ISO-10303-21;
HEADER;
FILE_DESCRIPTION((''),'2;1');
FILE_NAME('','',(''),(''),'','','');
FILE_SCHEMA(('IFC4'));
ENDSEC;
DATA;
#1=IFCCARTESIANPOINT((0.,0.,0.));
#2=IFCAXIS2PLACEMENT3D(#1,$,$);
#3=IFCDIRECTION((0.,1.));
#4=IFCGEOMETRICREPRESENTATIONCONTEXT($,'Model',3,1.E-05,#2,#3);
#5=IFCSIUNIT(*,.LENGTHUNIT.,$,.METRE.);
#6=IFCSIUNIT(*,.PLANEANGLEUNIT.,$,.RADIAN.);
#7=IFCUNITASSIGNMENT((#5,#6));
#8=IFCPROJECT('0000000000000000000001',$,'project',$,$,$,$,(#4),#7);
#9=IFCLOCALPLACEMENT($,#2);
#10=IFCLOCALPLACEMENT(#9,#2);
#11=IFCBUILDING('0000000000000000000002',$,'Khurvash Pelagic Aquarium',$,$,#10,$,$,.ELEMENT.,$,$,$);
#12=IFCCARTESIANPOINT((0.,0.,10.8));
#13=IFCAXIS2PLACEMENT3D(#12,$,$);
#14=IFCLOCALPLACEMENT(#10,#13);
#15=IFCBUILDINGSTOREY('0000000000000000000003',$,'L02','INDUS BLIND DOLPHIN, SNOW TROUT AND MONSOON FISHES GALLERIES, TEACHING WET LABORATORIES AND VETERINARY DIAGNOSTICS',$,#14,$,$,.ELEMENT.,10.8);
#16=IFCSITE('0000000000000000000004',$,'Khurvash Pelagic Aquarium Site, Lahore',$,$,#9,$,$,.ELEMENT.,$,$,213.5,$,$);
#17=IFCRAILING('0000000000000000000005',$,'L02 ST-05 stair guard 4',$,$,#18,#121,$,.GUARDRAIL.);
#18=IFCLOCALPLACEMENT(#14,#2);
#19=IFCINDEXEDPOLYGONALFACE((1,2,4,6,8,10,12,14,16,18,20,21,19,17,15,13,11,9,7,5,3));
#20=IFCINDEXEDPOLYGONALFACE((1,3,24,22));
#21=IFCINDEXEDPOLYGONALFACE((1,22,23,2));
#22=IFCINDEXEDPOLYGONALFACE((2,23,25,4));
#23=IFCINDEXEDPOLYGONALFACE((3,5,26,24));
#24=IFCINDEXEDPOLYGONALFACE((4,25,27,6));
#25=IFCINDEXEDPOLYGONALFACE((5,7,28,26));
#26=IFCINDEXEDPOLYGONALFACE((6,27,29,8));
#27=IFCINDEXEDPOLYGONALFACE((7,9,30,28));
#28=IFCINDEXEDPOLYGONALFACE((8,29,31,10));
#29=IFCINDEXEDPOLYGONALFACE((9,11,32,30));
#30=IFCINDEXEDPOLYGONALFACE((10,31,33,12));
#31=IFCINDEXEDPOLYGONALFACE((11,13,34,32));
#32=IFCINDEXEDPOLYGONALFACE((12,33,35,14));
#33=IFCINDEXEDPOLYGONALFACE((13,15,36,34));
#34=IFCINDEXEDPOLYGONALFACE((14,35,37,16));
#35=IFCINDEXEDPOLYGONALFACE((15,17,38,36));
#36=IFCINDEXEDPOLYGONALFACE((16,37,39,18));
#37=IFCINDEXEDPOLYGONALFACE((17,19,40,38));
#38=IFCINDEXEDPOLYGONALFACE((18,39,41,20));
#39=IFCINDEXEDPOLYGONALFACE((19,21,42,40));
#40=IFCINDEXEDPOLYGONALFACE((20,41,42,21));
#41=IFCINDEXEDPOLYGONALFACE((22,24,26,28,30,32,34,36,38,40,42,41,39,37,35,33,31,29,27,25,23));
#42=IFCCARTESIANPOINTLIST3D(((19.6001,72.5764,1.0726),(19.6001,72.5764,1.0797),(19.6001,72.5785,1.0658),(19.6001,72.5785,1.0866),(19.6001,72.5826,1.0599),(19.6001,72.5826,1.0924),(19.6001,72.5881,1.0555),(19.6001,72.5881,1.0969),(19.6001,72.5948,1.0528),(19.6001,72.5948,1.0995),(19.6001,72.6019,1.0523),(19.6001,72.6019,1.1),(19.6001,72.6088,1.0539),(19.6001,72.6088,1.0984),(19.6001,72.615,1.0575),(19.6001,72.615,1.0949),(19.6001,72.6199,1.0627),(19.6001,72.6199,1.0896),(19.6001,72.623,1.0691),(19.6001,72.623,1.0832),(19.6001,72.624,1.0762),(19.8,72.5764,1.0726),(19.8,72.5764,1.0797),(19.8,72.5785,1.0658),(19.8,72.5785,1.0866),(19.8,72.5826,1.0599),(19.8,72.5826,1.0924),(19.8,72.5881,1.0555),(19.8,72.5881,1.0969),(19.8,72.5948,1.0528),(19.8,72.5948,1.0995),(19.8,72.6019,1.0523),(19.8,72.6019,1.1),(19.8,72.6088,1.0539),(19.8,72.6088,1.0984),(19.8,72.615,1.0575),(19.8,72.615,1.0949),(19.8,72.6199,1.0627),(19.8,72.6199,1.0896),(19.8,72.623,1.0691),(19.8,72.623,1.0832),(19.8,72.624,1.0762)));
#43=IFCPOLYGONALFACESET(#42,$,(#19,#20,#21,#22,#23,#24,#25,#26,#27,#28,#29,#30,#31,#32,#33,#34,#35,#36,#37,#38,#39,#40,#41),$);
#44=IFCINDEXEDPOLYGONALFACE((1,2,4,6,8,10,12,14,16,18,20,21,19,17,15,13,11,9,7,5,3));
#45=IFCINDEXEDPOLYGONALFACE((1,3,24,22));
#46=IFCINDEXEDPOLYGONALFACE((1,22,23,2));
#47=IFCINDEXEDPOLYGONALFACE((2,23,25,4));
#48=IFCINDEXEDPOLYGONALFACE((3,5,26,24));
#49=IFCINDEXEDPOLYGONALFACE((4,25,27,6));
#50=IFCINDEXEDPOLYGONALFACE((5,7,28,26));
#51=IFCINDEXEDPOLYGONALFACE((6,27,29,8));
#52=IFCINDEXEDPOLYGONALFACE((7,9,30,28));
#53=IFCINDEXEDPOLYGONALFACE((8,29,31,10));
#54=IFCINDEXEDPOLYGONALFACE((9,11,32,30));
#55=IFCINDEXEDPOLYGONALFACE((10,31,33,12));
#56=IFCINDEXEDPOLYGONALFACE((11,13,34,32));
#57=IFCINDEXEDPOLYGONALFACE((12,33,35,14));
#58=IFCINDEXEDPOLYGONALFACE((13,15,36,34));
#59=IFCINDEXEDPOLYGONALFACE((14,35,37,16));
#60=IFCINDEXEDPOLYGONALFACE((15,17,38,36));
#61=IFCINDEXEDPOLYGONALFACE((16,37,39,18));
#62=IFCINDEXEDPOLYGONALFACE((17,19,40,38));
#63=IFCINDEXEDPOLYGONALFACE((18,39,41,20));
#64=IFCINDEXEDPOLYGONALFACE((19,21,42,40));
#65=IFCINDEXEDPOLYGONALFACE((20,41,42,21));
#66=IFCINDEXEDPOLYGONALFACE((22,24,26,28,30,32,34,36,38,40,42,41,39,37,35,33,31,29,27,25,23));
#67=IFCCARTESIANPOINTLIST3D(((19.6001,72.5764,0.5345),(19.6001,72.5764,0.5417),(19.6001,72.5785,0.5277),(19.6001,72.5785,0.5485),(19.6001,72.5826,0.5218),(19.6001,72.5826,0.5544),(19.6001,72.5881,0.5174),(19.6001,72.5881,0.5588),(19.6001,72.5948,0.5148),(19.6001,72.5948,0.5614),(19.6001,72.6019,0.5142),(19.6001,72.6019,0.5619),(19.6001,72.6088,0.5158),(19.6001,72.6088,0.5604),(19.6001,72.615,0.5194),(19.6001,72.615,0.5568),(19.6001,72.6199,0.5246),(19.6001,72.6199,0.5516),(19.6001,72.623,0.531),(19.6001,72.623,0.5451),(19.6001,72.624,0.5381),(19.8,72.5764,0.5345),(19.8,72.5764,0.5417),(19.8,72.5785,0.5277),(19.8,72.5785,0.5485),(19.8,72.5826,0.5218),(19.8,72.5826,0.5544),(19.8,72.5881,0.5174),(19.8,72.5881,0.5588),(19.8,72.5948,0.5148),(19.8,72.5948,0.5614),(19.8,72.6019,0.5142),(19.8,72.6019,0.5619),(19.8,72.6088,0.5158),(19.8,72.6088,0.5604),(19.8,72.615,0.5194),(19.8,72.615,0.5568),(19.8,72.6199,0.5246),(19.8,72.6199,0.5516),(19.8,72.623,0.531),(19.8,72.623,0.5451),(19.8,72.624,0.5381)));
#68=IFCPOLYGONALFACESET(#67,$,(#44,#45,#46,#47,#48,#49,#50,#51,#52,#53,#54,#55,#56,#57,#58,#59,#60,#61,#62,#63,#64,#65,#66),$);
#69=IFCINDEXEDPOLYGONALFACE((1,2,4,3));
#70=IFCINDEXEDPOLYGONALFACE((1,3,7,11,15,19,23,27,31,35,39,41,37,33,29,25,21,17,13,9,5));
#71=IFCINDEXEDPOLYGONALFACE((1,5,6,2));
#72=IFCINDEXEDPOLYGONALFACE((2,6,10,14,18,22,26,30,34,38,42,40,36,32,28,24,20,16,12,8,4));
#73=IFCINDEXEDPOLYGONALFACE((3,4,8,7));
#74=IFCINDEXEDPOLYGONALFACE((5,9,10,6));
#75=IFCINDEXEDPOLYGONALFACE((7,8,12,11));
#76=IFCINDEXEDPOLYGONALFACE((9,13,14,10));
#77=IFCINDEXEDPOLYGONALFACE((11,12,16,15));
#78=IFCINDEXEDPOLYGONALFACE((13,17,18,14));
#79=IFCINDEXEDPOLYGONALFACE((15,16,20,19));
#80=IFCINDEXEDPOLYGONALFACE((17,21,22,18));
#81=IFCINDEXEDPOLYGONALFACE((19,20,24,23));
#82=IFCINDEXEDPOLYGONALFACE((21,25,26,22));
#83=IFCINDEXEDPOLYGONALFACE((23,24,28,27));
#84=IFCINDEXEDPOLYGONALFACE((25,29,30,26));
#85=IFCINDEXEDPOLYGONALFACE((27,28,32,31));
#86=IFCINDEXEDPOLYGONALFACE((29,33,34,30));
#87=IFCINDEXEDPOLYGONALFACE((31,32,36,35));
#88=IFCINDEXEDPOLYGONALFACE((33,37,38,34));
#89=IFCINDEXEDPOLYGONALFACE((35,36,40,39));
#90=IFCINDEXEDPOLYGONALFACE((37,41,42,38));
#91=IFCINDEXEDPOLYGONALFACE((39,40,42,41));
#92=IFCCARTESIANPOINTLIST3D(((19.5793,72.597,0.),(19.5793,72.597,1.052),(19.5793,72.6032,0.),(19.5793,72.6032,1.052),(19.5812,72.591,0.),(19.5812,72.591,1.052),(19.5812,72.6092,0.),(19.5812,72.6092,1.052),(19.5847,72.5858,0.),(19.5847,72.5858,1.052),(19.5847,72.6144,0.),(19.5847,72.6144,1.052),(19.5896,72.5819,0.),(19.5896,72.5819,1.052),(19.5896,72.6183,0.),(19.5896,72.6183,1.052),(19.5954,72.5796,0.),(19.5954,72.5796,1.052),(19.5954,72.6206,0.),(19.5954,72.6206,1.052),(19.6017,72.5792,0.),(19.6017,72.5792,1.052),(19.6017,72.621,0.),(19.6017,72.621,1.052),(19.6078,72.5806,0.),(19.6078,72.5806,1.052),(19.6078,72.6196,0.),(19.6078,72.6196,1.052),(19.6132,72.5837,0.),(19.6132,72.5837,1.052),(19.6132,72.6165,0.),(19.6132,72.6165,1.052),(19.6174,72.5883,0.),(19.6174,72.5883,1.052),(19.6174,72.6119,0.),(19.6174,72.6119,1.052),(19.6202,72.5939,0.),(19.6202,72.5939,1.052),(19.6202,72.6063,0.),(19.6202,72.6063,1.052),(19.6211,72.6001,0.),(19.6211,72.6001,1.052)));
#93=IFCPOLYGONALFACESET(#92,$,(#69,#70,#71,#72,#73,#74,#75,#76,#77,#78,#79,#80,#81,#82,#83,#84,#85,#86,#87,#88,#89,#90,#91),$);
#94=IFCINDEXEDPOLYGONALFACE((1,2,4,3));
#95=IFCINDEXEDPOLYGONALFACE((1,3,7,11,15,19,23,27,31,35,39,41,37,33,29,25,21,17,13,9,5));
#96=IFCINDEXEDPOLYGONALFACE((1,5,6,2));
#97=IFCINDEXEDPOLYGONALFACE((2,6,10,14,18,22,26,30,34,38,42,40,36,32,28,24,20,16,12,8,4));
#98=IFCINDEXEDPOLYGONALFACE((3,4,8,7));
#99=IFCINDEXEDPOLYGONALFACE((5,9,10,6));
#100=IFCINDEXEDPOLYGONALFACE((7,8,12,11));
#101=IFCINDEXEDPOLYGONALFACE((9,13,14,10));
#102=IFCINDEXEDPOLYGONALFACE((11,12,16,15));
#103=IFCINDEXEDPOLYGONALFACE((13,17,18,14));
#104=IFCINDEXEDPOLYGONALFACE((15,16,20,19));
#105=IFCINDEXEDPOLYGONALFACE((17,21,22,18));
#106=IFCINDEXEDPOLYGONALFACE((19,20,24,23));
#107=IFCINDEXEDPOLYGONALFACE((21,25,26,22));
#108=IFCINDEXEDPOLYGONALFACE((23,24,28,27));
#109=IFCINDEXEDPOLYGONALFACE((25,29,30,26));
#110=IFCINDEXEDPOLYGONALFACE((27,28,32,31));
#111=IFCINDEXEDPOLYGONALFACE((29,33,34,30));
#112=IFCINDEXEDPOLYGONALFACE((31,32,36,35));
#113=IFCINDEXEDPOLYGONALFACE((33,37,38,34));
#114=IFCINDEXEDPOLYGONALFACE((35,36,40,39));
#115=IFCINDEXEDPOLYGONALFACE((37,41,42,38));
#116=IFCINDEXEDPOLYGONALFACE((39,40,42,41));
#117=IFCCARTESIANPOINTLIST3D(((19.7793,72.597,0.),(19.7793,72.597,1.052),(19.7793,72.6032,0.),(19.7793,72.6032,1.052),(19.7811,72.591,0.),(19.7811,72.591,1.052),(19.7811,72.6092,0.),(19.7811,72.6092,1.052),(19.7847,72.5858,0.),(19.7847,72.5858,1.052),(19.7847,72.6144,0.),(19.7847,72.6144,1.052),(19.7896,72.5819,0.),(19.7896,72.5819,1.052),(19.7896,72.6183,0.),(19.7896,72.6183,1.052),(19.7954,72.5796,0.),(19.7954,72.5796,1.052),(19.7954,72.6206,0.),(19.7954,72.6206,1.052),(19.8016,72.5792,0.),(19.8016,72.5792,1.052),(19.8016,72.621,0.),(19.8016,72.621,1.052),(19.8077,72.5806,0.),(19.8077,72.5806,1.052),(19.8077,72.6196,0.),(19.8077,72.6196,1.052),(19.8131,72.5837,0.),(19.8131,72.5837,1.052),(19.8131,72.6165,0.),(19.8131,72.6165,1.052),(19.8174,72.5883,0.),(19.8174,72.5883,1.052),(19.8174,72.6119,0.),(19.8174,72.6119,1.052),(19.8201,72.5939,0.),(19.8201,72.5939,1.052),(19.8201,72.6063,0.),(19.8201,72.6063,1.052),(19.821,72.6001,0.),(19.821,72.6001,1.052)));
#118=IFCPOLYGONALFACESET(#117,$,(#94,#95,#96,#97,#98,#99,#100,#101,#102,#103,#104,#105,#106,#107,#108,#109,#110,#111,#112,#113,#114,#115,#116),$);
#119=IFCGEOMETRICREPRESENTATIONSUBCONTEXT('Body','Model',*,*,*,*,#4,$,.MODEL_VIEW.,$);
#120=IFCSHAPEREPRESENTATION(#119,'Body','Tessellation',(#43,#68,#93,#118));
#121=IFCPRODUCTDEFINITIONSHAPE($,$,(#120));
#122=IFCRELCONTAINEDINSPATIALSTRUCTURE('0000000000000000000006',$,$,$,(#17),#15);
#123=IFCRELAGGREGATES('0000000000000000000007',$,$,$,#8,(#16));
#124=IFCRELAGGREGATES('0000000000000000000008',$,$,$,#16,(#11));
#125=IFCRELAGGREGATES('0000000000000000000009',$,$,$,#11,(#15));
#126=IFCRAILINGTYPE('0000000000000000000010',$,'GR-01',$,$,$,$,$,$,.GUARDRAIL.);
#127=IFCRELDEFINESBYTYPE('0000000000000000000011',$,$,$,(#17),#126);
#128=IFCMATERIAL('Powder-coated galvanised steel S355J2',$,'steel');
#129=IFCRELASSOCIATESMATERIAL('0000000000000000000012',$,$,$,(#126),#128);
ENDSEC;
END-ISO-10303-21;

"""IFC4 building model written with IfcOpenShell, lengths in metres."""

from ifc_helpers import new_model, si_unit, direction, frame, origin, origin_2d, place, context, subcontext, project, spatial, circle, extrude, material, type_object, element, save


model = new_model("IFC4")

# Units and contexts
model_context = context("Model", 3, precision=1e-05, world=origin(), true_north=direction((0.0, 1.0)))
body_context = subcontext(model_context, "Body", "Model", "MODEL_VIEW")
ifc_project = project(units=[si_unit("LENGTHUNIT", "METRE"), si_unit("PLANEANGLEUNIT", "RADIAN")], contexts=[model_context])

# Site, building, storey
site_placement = place(None, origin())
site = spatial("IfcSite", under=ifc_project, at=site_placement, Name="Khurvash Pelagic Aquarium Site, Lahore", CompositionType="ELEMENT", RefElevation=213.5)
building_placement = place(site_placement, origin())
building = spatial("IfcBuilding", under=site, at=building_placement, Name="Khurvash Pelagic Aquarium", CompositionType="ELEMENT")
storey_placement = place(building_placement, frame((0.0, 0.0, 10.8)))
storey = spatial("IfcBuildingStorey", under=building, at=storey_placement, Name="L02", Description="INDUS BLIND DOLPHIN, SNOW TROUT AND MONSOON FISHES GALLERIES, TEACHING WET LABORATORIES AND VETERINARY DIAGNOSTICS", CompositionType="ELEMENT", Elevation=10.8)

# Railing
ifc_material_1 = material(Name="Powder-coated galvanised steel S355J2", Category="steel")
railing_type_1 = type_object("IfcRailingType", Name="GR-01", PredefinedType="GUARDRAIL", material=ifc_material_1)
railing_1_placement = place(storey_placement, frame((19.6001, 72.6001, 0.0)))
element("IfcRailing", 1, at=railing_1_placement, inside=storey, type_object=railing_type_1, Name="L02 ST-05 stair guard 4", PredefinedType="GUARDRAIL", context=body_context, shape_type="SweptSolid", body=[
    extrude(circle(Radius=0.0239, at=origin_2d()), frame((0.0, 0.0, 1.0762), z_axis=(1.0, 0.0, 0.0), x_axis=(0.0, 1.0, 0.0)), (0.0, 0.0, 1.0), 0.2),
    extrude(circle(Radius=0.0239, at=origin_2d()), frame((0.0, 0.0, 0.5381), z_axis=(1.0, 0.0, 0.0), x_axis=(0.0, 1.0, 0.0)), (0.0, 0.0, 1.0), 0.2),
    extrude(circle(Radius=0.021, at=origin_2d()), origin(), (0.0, 0.0, 1.0), 1.052),
    extrude(circle(Radius=0.021, at=origin_2d()), frame((0.2, 0.0, 0.0)), (0.0, 0.0, 1.0), 1.052),
])

save(model, "model.ifc")
